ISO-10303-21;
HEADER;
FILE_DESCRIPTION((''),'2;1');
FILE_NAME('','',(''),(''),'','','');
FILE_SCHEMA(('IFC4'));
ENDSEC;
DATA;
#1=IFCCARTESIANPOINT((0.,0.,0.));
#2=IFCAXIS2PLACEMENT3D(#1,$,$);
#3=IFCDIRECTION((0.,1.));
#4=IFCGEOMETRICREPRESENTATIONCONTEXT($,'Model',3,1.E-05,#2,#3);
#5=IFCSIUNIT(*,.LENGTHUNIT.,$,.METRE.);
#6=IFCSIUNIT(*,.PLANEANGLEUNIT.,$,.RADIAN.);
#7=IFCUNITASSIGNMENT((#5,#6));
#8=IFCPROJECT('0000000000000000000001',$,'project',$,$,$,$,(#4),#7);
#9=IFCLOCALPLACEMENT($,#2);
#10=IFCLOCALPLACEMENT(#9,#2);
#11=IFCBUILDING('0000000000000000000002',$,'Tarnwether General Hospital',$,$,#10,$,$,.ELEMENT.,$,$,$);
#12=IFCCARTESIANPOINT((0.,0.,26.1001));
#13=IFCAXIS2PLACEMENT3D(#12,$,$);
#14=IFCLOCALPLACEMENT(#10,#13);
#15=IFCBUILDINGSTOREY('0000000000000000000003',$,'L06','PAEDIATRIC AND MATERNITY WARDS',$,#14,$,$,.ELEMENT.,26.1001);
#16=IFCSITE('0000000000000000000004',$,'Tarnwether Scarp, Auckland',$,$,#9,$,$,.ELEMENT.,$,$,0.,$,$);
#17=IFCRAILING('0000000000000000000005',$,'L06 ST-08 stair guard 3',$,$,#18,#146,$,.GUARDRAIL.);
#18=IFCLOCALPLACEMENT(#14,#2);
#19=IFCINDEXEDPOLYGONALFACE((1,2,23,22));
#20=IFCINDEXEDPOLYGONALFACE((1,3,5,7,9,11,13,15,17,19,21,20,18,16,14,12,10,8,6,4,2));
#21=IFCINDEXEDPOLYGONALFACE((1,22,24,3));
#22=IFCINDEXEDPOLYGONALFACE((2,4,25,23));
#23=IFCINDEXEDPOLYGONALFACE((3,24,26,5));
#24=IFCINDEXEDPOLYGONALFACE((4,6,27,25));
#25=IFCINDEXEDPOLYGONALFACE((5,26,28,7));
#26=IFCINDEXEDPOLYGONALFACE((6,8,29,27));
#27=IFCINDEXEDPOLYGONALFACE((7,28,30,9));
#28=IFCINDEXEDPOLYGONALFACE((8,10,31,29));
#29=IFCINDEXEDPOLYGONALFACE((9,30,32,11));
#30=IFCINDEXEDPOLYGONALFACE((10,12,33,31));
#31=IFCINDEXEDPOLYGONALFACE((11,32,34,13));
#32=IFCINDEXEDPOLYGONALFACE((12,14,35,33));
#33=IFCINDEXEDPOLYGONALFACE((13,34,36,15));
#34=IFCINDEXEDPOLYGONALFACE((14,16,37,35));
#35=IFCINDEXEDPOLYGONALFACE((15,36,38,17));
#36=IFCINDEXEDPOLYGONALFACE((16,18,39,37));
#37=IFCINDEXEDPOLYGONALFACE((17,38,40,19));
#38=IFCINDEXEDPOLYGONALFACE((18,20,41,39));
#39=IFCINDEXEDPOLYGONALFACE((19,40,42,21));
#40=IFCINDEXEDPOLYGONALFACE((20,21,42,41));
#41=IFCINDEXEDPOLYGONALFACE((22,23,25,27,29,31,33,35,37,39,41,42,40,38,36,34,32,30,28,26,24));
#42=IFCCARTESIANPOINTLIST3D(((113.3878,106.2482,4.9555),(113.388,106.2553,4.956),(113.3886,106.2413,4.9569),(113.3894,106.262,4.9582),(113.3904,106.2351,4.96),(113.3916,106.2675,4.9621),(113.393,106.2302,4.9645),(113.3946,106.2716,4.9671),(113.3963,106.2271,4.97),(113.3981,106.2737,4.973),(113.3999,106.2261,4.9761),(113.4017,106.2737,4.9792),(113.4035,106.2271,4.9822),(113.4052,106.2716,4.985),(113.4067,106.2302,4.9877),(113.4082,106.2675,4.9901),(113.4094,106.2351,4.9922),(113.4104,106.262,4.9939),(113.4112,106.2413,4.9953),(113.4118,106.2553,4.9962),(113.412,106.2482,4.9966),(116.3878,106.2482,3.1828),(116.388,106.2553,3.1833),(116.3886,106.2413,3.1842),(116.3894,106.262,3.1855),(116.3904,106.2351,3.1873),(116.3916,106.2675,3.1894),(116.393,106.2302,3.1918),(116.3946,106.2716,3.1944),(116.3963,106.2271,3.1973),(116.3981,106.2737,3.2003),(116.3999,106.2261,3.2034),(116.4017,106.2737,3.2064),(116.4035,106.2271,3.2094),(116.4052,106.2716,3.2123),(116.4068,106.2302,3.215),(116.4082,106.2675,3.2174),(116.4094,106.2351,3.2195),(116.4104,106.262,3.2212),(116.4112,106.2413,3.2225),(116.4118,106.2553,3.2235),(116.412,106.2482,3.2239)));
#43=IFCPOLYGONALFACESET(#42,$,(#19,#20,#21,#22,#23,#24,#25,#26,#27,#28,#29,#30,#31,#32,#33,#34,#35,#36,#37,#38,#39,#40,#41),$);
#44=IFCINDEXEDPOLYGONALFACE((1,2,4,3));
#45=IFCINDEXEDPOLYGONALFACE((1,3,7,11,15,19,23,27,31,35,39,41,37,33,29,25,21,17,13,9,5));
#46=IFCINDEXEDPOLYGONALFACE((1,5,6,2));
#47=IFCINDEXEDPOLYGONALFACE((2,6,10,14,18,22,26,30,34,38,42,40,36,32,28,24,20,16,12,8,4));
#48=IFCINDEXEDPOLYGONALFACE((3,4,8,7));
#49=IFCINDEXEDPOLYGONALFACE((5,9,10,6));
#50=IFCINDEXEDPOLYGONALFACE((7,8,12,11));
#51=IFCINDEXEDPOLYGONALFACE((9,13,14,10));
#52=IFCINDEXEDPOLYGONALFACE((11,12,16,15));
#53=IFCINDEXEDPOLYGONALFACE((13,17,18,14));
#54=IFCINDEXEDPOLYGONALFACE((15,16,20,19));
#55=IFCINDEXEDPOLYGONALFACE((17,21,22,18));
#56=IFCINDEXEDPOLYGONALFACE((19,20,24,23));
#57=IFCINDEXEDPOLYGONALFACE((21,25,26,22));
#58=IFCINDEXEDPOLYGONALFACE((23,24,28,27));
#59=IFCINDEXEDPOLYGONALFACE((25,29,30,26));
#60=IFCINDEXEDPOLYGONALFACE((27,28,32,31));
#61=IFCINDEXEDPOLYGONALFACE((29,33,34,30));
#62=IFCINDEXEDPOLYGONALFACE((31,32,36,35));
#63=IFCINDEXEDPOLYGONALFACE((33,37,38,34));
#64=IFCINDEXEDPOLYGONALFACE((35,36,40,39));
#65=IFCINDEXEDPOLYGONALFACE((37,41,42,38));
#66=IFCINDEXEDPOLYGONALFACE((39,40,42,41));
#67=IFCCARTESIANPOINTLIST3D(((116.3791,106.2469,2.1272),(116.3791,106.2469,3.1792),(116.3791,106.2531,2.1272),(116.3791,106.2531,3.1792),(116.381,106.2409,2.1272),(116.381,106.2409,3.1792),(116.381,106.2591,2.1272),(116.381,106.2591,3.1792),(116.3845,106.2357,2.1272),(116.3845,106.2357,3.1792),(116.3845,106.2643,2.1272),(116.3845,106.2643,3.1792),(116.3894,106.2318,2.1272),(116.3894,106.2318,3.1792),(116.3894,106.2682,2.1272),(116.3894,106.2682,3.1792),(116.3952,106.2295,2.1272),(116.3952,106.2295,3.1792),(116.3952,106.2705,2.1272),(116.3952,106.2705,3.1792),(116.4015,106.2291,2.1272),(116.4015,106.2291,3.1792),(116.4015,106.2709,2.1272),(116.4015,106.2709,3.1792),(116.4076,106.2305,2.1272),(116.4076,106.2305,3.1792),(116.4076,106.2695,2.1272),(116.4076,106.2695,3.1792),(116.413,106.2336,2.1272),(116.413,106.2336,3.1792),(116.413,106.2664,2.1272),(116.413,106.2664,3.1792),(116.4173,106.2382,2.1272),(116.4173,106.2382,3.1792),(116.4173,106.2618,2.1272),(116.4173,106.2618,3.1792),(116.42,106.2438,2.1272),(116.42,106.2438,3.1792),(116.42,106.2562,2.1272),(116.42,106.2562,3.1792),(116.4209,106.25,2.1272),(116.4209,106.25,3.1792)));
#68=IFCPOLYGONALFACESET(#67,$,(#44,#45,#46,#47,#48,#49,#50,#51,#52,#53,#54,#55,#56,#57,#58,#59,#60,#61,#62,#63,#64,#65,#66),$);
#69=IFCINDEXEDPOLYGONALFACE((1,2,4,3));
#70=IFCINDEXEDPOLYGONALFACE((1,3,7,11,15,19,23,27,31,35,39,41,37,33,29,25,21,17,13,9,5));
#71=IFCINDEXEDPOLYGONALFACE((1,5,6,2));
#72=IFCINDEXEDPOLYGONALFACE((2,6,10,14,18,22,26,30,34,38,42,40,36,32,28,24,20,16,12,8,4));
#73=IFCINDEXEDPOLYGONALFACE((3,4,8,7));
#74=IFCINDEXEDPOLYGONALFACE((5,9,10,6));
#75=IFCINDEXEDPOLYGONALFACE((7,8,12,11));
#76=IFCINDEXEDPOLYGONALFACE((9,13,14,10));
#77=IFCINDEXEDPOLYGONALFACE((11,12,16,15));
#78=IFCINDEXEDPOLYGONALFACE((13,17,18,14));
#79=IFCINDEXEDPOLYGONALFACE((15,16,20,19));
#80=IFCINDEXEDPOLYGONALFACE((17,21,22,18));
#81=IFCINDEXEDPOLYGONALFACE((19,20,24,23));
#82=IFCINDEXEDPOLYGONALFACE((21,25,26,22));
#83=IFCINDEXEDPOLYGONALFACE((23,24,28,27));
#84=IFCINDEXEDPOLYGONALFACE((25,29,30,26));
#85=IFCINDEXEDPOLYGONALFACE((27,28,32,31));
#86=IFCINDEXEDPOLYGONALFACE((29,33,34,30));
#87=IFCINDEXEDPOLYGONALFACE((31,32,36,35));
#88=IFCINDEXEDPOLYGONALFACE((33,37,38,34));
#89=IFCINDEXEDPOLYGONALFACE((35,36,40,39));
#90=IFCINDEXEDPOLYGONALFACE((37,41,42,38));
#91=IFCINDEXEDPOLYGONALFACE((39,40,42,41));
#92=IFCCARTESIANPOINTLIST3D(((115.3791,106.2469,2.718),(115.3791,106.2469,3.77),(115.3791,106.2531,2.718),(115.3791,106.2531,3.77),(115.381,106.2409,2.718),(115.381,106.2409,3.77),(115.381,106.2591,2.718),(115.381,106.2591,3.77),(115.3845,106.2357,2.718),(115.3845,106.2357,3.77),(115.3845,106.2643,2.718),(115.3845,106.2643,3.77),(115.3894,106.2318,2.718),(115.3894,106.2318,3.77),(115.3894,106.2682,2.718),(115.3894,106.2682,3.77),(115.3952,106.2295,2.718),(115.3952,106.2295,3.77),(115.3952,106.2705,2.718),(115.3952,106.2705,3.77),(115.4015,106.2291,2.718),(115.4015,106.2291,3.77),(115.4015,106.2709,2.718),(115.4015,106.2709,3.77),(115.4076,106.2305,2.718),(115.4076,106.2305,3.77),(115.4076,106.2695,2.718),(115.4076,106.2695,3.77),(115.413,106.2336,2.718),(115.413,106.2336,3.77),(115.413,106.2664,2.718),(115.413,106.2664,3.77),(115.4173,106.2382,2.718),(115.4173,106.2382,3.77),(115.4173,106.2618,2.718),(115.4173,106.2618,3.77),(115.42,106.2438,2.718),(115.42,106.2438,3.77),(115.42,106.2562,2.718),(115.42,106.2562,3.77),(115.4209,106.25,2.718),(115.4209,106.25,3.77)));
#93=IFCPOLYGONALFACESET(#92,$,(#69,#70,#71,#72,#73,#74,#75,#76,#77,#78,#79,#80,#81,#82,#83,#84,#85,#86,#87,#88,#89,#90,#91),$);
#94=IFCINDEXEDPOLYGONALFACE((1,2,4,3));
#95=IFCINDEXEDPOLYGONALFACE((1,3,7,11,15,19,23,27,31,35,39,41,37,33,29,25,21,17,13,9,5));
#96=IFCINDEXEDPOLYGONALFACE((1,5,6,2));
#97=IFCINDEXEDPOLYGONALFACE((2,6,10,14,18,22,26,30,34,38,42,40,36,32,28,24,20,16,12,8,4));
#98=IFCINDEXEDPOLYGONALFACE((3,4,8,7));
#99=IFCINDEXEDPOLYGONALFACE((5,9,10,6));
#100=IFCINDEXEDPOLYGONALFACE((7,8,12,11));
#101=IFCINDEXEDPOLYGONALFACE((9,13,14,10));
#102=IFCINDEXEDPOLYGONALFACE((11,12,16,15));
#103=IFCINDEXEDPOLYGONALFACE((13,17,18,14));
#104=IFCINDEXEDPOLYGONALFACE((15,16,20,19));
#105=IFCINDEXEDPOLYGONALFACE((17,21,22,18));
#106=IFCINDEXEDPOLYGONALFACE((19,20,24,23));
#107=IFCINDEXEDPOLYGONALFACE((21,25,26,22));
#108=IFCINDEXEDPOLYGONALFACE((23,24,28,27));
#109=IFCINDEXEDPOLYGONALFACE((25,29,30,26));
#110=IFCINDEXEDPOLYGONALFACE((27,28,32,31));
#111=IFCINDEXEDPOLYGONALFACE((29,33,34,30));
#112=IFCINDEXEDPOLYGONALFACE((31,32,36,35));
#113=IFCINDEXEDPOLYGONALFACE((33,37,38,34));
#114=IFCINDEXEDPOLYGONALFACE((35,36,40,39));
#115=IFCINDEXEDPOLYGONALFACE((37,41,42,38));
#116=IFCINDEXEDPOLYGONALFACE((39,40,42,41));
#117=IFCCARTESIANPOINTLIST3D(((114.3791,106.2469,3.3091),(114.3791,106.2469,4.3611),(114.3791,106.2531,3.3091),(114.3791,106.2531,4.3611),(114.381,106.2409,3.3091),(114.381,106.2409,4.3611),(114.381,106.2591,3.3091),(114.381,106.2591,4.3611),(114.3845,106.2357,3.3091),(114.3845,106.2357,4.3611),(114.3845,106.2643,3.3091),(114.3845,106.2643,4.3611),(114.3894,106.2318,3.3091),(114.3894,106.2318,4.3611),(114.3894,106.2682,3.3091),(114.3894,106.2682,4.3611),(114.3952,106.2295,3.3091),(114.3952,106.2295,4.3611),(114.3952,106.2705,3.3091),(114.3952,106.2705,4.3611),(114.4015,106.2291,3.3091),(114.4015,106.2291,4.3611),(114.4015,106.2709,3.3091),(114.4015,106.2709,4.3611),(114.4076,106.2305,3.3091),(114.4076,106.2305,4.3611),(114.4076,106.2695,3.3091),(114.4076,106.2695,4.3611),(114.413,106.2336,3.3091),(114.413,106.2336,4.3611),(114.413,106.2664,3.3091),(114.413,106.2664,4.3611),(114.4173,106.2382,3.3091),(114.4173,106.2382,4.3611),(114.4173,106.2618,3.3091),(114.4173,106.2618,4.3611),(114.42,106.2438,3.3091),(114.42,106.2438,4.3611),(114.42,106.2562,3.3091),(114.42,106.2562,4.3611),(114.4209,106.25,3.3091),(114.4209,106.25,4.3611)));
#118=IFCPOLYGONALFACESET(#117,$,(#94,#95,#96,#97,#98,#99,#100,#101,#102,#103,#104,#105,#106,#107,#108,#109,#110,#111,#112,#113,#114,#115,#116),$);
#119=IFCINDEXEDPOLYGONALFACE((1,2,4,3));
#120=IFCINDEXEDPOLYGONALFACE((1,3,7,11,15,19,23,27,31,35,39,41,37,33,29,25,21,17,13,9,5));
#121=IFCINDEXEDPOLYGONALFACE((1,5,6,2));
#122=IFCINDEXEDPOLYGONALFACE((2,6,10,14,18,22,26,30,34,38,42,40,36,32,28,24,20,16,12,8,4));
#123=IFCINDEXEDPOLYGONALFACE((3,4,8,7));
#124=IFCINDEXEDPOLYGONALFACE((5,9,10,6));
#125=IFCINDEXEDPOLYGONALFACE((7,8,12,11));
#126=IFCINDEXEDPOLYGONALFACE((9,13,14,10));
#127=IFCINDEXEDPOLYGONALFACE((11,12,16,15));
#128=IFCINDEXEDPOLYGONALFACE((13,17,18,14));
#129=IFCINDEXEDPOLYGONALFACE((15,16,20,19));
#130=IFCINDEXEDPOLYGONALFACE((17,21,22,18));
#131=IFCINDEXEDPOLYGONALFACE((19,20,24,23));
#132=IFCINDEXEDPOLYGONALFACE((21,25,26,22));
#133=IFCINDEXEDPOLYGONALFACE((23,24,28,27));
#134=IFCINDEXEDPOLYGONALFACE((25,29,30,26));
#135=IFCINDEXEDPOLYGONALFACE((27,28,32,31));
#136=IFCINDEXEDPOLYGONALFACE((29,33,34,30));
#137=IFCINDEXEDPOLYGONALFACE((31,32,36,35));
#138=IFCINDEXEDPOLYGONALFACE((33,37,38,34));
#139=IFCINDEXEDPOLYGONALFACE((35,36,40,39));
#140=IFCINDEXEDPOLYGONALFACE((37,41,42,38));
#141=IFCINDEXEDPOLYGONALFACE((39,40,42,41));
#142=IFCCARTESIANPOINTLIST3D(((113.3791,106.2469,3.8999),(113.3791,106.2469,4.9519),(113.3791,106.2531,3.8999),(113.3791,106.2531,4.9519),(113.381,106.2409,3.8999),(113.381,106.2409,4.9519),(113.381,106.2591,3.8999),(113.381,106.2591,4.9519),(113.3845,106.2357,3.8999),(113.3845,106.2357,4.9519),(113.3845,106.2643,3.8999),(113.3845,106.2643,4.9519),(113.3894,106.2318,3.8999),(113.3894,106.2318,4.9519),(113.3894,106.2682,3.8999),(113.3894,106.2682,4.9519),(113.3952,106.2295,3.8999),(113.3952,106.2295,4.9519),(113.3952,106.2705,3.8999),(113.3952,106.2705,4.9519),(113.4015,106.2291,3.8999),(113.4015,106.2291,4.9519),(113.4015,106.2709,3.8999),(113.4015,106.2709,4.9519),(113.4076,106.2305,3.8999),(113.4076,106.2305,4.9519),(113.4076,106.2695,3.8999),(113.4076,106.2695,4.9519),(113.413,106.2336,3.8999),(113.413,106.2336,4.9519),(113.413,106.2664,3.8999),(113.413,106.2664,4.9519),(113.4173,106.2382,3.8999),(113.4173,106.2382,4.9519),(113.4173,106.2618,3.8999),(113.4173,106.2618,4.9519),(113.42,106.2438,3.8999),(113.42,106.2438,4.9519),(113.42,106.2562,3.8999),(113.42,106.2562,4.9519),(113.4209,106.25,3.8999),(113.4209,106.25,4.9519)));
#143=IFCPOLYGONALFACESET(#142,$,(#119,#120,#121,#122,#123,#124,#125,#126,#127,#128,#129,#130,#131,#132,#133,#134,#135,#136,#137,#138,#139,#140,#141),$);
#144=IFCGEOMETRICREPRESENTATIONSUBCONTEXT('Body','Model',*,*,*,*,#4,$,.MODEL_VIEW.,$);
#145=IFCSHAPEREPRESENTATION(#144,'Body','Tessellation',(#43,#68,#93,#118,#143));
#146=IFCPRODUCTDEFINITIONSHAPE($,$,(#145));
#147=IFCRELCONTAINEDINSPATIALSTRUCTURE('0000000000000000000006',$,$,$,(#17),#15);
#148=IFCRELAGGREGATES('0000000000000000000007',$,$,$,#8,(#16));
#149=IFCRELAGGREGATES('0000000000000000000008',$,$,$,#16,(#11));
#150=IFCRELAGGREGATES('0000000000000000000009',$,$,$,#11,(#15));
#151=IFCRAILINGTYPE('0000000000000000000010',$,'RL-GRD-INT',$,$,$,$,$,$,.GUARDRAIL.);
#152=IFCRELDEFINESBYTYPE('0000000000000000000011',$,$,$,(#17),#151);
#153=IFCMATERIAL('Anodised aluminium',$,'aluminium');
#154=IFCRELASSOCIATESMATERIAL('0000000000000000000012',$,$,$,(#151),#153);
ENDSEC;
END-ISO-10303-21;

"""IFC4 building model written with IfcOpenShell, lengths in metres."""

from ifc_helpers import new_model, si_unit, direction, frame, origin, origin_2d, place, context, subcontext, project, spatial, circle, extrude, material, type_object, element, save


model = new_model("IFC4")

# Units and contexts
model_context = context("Model", 3, precision=1e-05, world=origin(), true_north=direction((0.0, 1.0)))
body_context = subcontext(model_context, "Body", "Model", "MODEL_VIEW")
ifc_project = project(units=[si_unit("LENGTHUNIT", "METRE"), si_unit("PLANEANGLEUNIT", "RADIAN")], contexts=[model_context])

# Site, building, storey
site_placement = place(None, origin())
site = spatial("IfcSite", under=ifc_project, at=site_placement, Name="Tarnwether Scarp, Auckland", CompositionType="ELEMENT", RefElevation=0.0)
building_placement = place(site_placement, origin())
building = spatial("IfcBuilding", under=site, at=building_placement, Name="Tarnwether General Hospital", CompositionType="ELEMENT")
storey_placement = place(building_placement, frame((0.0, 0.0, 26.1001)))
storey = spatial("IfcBuildingStorey", under=building, at=storey_placement, Name="L06", Description="PAEDIATRIC AND MATERNITY WARDS", CompositionType="ELEMENT", Elevation=26.1001)

# Railing
ifc_material_1 = material(Name="Anodised aluminium", Category="aluminium")
railing_type_1 = type_object("IfcRailingType", Name="RL-GRD-INT", PredefinedType="GUARDRAIL", material=ifc_material_1)
railing_1_placement = place(storey_placement, frame((116.3999, 106.25, 2.1272)))
element("IfcRailing", 1, at=railing_1_placement, inside=storey, type_object=railing_type_1, Name="L06 ST-08 stair guard 3", PredefinedType="GUARDRAIL", context=body_context, shape_type="SweptSolid", body=[
    extrude(circle(Radius=0.0239, at=origin_2d()), frame((0.0, 0.0, 1.0762), z_axis=(-0.860929, 0.0, 0.508725), x_axis=(0.0, -1.0, 0.0)), (0.0, 0.0, 1.0), 3.4846),
    extrude(circle(Radius=0.021, at=origin_2d()), origin(), (0.0, 0.0, 1.0), 1.052),
    extrude(circle(Radius=0.021, at=origin_2d()), frame((-1.0, 0.0, 0.5908)), (0.0, 0.0, 1.0), 1.052),
    extrude(circle(Radius=0.021, at=origin_2d()), frame((-2.0, 0.0, 1.1819)), (0.0, 0.0, 1.0), 1.052),
    extrude(circle(Radius=0.021, at=origin_2d()), frame((-3.0, 0.0, 1.7727)), (0.0, 0.0, 1.0), 1.052),
])

save(model, "model.ifc")
